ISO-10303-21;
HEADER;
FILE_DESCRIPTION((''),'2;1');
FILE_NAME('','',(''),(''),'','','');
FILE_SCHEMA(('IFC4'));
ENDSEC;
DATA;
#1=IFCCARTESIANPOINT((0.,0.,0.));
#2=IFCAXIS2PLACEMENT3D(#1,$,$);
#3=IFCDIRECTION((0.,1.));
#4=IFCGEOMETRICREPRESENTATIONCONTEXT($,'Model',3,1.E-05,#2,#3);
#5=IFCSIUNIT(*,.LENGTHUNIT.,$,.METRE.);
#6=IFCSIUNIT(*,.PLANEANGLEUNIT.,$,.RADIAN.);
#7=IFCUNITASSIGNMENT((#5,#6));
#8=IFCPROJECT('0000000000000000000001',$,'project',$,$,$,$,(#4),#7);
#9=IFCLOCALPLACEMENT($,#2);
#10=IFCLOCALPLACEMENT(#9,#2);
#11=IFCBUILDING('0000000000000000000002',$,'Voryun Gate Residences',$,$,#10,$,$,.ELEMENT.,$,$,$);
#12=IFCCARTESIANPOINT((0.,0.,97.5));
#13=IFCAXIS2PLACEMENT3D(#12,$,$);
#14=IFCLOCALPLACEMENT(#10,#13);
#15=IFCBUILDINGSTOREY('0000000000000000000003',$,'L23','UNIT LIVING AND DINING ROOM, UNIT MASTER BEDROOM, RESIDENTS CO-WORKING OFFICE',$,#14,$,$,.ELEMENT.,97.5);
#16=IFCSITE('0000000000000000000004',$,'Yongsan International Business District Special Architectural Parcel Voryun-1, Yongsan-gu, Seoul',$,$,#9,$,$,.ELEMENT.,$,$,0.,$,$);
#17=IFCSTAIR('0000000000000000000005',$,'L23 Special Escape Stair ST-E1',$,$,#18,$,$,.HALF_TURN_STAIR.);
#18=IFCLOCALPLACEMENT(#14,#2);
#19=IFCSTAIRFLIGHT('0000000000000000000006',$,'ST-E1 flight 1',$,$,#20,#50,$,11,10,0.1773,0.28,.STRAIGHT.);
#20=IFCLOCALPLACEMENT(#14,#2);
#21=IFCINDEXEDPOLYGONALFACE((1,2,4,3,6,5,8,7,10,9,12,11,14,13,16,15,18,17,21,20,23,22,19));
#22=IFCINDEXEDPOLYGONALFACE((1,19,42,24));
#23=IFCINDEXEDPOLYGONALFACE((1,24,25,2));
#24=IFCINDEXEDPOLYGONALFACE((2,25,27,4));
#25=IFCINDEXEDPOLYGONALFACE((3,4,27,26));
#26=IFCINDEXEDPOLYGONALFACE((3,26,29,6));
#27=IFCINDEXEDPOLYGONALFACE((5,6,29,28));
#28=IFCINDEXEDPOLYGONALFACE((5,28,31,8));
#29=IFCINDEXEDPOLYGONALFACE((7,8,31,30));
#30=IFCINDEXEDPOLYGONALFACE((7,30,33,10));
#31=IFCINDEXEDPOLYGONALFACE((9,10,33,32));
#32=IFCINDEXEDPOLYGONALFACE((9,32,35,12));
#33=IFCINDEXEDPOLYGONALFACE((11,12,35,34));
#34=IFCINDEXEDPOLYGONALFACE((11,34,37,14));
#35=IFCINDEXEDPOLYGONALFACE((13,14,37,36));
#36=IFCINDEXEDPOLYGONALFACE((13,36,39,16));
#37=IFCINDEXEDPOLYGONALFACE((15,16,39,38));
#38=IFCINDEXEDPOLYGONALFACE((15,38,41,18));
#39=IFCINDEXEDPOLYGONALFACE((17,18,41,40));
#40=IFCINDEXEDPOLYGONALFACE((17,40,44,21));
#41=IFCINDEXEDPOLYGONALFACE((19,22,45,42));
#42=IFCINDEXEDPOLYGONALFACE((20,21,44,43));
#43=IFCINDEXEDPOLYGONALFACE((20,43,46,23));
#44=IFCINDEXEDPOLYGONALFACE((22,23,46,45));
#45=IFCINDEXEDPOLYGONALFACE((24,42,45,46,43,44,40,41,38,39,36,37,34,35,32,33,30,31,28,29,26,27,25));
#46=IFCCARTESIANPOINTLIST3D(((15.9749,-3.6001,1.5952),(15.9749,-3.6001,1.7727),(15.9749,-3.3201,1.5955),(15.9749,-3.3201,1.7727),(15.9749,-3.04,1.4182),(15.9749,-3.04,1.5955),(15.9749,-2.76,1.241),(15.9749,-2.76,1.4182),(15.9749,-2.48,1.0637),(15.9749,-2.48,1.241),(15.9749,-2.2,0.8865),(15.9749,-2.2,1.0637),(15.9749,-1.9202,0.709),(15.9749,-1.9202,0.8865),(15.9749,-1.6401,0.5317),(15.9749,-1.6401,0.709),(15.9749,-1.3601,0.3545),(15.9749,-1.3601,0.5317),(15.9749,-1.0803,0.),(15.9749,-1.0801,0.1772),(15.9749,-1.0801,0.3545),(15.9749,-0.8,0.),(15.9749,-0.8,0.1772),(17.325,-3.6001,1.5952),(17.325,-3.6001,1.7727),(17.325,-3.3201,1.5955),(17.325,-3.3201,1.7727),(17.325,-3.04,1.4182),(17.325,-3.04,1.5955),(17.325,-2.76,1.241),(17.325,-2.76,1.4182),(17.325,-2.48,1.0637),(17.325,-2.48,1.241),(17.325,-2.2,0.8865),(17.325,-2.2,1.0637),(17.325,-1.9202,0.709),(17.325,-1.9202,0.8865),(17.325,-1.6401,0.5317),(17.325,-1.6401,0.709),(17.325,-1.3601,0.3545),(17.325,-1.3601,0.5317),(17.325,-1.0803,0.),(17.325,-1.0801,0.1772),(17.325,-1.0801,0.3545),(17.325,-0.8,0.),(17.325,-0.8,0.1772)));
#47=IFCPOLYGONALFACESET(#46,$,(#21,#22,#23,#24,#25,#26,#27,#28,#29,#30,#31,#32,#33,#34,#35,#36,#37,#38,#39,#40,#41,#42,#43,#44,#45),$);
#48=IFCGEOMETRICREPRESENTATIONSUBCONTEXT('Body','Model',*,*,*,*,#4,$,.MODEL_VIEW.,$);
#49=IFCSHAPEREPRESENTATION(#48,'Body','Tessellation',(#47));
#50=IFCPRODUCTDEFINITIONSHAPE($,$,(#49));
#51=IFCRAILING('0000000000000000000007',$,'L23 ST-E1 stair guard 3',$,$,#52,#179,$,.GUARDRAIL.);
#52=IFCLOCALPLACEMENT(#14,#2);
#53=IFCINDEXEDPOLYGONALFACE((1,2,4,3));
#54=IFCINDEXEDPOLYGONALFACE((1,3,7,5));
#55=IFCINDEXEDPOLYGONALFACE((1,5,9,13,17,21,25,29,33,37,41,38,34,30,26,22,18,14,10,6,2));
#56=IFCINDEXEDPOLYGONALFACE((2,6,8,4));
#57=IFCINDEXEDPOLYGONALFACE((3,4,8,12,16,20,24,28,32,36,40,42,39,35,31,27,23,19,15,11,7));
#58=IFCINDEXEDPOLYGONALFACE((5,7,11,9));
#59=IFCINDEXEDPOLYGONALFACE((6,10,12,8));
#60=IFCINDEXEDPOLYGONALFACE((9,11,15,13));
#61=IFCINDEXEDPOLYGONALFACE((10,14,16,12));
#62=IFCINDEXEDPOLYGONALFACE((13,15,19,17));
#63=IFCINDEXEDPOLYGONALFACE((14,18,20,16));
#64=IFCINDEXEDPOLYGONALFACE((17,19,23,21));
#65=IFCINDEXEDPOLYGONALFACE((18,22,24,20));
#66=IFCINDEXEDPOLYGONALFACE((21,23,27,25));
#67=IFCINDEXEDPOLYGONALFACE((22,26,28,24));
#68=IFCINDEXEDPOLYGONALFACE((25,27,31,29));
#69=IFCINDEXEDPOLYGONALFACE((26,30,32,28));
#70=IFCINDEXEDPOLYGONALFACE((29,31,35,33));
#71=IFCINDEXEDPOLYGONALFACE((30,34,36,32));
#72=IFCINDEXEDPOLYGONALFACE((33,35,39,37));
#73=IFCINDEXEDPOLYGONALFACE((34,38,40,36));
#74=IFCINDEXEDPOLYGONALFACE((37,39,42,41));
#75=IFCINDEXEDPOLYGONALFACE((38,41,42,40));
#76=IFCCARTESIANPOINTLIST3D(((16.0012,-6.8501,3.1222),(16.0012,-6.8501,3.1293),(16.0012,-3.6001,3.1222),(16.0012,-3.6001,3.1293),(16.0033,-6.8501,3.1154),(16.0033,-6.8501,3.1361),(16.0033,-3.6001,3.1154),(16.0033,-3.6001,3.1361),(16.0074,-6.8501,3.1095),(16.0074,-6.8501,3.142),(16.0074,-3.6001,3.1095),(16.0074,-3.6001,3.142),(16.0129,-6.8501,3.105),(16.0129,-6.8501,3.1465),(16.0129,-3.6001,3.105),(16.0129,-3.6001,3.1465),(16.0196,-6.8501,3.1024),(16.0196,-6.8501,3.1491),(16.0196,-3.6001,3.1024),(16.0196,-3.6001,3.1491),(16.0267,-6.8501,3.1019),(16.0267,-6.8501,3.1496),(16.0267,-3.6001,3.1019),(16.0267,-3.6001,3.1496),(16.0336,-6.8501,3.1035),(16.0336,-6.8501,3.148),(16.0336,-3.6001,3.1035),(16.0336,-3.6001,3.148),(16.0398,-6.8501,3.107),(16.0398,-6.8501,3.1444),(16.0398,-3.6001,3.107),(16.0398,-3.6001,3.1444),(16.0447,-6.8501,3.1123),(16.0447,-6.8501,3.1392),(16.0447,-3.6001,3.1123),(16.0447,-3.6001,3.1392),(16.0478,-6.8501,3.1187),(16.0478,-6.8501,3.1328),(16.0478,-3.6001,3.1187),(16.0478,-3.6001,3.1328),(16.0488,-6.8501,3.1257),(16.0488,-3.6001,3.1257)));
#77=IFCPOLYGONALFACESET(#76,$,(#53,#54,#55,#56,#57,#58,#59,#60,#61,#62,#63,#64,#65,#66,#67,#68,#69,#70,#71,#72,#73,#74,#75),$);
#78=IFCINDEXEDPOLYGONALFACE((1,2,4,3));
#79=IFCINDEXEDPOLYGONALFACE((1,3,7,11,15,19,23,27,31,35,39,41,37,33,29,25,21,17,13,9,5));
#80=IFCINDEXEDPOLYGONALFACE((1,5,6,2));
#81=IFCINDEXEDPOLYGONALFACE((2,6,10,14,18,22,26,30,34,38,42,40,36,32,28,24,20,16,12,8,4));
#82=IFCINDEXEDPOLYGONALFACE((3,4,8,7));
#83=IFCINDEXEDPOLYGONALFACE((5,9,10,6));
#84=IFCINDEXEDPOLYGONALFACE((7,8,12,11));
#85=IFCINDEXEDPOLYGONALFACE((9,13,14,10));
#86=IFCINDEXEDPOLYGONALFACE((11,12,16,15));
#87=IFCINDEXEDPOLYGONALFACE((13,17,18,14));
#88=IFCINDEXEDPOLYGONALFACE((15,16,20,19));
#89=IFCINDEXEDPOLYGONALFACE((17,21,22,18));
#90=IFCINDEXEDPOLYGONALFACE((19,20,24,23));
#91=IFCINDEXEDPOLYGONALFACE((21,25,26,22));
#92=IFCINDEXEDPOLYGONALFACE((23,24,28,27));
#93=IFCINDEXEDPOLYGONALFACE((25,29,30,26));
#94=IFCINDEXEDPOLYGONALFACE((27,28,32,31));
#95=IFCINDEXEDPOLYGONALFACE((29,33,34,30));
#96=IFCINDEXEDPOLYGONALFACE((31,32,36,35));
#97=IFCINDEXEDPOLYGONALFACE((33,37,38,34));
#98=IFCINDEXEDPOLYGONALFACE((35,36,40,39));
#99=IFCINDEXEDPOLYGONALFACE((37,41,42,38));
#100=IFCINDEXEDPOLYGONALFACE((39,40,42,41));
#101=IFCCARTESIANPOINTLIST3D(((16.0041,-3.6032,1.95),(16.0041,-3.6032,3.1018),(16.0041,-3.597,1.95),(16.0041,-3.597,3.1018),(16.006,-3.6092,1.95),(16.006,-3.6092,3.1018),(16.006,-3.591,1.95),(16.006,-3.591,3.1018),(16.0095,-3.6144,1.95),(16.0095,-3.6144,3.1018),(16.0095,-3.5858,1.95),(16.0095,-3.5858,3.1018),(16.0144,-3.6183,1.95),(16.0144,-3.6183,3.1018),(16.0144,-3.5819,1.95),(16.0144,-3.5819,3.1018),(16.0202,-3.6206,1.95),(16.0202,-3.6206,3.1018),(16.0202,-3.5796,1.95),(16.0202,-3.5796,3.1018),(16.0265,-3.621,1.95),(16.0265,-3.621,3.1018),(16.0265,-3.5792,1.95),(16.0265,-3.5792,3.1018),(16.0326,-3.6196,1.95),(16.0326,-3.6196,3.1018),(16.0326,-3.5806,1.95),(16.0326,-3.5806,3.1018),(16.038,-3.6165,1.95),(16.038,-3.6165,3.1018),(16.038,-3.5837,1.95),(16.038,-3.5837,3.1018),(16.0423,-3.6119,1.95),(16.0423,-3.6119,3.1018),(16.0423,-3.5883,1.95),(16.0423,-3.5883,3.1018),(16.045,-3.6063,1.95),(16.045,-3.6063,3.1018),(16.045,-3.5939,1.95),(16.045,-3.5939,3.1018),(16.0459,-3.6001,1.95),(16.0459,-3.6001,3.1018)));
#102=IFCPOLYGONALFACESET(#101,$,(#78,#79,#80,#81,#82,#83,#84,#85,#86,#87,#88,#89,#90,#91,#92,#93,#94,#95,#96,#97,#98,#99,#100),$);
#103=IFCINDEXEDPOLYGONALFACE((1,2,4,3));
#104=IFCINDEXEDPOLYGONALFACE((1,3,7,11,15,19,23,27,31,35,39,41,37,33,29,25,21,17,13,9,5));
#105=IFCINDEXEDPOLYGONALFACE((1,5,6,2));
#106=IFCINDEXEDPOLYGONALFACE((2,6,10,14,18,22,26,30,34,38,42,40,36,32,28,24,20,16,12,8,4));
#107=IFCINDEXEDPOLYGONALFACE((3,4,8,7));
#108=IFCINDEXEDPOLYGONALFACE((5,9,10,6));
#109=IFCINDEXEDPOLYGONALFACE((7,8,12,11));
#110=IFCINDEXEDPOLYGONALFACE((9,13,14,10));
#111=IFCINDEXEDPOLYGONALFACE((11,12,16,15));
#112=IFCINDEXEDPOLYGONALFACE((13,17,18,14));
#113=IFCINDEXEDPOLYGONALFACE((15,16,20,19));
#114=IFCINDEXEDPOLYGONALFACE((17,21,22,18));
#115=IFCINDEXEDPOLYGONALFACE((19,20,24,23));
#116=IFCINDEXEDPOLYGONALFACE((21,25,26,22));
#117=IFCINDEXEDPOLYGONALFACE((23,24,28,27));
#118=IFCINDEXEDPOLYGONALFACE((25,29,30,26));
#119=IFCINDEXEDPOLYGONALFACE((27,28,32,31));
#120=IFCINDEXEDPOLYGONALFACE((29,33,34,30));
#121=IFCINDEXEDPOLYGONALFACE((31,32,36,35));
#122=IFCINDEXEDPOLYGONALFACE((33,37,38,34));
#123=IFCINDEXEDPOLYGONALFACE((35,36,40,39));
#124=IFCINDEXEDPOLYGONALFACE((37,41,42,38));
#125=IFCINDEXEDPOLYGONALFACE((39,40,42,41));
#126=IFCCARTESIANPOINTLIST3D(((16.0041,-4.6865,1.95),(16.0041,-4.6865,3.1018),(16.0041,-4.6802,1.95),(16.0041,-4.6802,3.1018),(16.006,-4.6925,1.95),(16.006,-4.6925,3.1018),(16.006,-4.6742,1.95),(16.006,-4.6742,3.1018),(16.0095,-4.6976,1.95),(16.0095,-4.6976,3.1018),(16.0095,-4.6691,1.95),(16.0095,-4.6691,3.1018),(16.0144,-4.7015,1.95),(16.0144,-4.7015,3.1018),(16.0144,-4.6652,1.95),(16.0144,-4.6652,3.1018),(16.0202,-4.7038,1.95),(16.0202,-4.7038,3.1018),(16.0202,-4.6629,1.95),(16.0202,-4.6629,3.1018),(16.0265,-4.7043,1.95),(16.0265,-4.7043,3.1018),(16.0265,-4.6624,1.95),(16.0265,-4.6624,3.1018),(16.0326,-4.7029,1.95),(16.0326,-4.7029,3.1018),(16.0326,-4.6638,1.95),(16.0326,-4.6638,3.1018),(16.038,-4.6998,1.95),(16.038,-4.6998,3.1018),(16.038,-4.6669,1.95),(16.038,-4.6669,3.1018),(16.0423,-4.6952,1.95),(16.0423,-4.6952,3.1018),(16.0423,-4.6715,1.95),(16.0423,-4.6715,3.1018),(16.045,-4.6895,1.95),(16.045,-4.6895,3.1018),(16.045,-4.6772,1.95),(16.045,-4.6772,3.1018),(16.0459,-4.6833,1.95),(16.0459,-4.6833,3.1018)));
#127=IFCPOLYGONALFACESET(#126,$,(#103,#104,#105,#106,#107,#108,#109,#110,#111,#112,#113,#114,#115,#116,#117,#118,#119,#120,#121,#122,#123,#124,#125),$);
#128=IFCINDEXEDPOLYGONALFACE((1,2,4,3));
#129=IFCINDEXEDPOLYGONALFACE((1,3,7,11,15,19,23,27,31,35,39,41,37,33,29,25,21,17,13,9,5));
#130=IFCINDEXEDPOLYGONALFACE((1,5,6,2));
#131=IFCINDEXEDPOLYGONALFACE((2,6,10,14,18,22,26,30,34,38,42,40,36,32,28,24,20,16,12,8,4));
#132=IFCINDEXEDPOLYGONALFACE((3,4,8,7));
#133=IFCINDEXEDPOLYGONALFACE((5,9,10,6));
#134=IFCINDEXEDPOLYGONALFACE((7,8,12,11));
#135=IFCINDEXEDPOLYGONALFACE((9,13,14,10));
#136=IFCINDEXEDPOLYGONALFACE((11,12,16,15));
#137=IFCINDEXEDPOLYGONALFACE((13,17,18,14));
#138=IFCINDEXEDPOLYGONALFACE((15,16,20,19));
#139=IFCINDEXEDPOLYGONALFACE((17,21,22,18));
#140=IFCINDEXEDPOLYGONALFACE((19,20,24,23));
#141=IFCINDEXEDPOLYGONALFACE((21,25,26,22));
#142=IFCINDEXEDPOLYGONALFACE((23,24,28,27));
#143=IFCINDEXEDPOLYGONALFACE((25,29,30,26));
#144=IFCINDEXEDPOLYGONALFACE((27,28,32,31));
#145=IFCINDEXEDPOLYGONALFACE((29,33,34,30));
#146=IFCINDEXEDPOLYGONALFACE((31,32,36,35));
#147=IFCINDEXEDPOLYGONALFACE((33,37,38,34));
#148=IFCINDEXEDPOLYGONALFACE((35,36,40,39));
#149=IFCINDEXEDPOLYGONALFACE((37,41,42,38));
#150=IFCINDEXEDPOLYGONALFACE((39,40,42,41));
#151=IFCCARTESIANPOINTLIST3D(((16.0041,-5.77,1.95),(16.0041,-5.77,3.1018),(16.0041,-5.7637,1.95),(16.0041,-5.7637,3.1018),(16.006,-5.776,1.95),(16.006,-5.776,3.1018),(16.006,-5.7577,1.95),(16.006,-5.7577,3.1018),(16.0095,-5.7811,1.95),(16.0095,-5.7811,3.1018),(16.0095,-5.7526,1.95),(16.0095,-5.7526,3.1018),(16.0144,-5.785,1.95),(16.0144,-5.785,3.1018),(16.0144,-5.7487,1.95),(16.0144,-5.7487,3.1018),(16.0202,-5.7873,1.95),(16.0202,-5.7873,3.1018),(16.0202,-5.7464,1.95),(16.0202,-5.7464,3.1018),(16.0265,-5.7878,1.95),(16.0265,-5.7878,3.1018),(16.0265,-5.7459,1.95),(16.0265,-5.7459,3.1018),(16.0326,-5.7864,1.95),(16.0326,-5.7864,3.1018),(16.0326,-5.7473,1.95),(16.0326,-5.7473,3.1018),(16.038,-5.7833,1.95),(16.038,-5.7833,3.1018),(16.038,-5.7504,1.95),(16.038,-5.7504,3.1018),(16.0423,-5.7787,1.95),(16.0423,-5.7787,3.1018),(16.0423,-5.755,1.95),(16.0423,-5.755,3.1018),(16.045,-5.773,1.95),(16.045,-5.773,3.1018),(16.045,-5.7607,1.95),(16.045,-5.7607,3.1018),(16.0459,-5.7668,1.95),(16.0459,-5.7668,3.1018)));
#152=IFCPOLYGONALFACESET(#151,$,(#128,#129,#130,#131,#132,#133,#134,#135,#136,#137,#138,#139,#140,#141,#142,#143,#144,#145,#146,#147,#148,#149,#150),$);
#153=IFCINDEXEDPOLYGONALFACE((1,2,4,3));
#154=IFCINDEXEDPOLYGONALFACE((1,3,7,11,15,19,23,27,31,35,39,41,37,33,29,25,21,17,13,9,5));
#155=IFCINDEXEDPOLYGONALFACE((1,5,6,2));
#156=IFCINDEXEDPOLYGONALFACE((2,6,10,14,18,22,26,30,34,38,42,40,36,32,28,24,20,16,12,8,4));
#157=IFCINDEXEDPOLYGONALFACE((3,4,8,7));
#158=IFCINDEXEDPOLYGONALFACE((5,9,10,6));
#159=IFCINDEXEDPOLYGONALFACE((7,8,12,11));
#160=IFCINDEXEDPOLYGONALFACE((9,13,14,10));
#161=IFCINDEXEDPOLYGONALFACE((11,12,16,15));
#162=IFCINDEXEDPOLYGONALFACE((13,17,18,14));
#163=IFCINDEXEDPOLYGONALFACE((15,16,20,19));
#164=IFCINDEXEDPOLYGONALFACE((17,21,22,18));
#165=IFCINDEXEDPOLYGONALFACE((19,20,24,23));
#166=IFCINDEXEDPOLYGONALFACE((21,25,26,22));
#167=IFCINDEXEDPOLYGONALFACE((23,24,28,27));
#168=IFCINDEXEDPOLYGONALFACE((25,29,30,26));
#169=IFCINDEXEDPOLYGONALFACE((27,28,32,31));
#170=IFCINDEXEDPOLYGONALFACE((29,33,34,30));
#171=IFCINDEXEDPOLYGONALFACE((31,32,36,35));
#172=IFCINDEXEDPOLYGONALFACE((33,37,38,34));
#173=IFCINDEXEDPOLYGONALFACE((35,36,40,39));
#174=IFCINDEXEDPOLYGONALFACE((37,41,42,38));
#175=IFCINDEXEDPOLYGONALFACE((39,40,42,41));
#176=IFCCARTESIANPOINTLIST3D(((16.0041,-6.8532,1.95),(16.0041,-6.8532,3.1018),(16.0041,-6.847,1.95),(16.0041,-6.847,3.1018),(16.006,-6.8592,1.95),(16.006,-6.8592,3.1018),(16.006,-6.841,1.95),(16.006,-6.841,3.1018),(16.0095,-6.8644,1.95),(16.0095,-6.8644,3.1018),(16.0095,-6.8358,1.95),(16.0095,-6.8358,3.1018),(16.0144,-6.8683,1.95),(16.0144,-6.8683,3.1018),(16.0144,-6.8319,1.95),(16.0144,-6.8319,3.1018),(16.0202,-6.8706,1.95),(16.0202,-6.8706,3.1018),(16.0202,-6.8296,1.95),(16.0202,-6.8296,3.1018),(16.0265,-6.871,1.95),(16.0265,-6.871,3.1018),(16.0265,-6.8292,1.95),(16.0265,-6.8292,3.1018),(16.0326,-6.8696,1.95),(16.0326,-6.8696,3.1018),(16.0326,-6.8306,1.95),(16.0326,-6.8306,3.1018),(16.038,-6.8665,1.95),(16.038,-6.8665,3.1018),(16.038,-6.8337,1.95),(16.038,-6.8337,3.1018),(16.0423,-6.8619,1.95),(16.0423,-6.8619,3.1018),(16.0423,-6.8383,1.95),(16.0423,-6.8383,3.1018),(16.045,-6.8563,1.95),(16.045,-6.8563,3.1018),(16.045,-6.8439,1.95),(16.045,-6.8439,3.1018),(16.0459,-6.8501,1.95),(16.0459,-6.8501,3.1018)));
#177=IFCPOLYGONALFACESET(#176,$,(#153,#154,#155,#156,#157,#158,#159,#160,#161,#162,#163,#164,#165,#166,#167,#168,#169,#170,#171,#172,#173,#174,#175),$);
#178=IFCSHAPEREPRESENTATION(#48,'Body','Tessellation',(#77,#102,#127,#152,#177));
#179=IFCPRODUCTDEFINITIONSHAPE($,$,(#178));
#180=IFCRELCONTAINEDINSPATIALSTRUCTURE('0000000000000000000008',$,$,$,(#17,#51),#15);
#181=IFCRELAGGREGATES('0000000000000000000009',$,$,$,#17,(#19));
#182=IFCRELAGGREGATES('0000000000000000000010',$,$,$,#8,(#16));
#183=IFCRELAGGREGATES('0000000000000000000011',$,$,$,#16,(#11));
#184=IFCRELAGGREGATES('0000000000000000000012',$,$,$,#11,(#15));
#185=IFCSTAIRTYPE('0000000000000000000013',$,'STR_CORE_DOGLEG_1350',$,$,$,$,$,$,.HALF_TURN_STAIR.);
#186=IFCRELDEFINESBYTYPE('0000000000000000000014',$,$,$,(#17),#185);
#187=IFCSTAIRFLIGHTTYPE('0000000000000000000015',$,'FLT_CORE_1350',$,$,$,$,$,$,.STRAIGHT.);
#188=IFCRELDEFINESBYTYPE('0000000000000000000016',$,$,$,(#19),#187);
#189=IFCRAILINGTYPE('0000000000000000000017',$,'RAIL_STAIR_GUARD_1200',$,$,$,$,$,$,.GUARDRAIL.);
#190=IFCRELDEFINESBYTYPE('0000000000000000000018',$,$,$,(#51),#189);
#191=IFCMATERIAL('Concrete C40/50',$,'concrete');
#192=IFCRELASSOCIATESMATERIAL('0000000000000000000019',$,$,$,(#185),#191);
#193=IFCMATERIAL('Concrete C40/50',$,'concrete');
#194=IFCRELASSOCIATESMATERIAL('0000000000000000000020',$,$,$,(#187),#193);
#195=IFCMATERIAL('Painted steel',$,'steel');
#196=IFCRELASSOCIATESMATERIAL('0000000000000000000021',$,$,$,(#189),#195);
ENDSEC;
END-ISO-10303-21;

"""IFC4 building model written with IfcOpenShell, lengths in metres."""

from ifc_helpers import new_model, si_unit, direction, frame, origin, origin_2d, place, context, subcontext, project, spatial, polyline, circle, outline, extrude, material, type_object, element, aggregate, save


model = new_model("IFC4")

# Units and contexts
model_context = context("Model", 3, precision=1e-05, world=origin(), true_north=direction((0.0, 1.0)))
body_context = subcontext(model_context, "Body", "Model", "MODEL_VIEW")
ifc_project = project(units=[si_unit("LENGTHUNIT", "METRE"), si_unit("PLANEANGLEUNIT", "RADIAN")], contexts=[model_context])

# Site, building, storey
site_placement = place(None, origin())
site = spatial("IfcSite", under=ifc_project, at=site_placement, Name="Yongsan International Business District Special Architectural Parcel Voryun-1, Yongsan-gu, Seoul", CompositionType="ELEMENT", RefElevation=0.0)
building_placement = place(site_placement, origin())
building = spatial("IfcBuilding", under=site, at=building_placement, Name="Voryun Gate Residences", CompositionType="ELEMENT")
storey_placement = place(building_placement, frame((0.0, 0.0, 97.5)))
storey = spatial("IfcBuildingStorey", under=building, at=storey_placement, Name="L23", Description="UNIT LIVING AND DINING ROOM, UNIT MASTER BEDROOM, RESIDENTS CO-WORKING OFFICE", CompositionType="ELEMENT", Elevation=97.5)

# Stair, stair flight
ifc_material_1 = material(Name="Concrete C40/50", Category="concrete")
stair_type = type_object("IfcStairType", Name="STR_CORE_DOGLEG_1350", PredefinedType="HALF_TURN_STAIR", material=ifc_material_1)
stair_placement = place(storey_placement, origin())
stair = element("IfcStair", 1, at=stair_placement, inside=storey, type_object=stair_type, Name="L23 Special Escape Stair ST-E1", PredefinedType="HALF_TURN_STAIR")
ifc_material_2 = material(Name="Concrete C40/50", Category="concrete")
stair_flight_type = type_object("IfcStairFlightType", Name="FLT_CORE_1350", PredefinedType="STRAIGHT", material=ifc_material_2)
stair_flight_placement = place(storey_placement, frame((16.6499, -0.8, 0.0), z_axis=(0.0, 0.0, 1.0), x_axis=(0.0, -1.0, 0.0)))
stair_flight = element("IfcStairFlight", 2, at=stair_flight_placement, type_object=stair_flight_type, Name="ST-E1 flight 1", NumberOfRisers=11, NumberOfTreads=10, PredefinedType="STRAIGHT", RiserHeight=0.1773, TreadLength=0.28, context=body_context, shape_type="SweptSolid", body=[
    extrude(outline(polyline([(0.0, 0.0), (0.0, 0.1772), (0.28, 0.1772), (0.28, 0.3545), (0.5601, 0.3545), (0.5601, 0.5317), (0.8401, 0.5317), (0.8401, 0.709), (1.1201, 0.709), (1.1201, 0.8865), (1.3999, 0.8865), (1.3999, 1.0637), (1.6799, 1.0637), (1.6799, 1.241), (1.96, 1.241), (1.96, 1.4182), (2.24, 1.4182), (2.24, 1.5955), (2.52, 1.5955), (2.52, 1.7727), (2.8, 1.7727), (2.8, 1.95), (2.8, 1.5952), (0.2803, 0.0), (0.0, 0.0)])), frame((0.0, 0.675, 0.0), z_axis=(0.0, -1.0, 0.0), x_axis=(1.0, 0.0, 0.0)), (0.0, 0.0, 1.0), 1.3501),
])
aggregate(stair, [stair_flight])

# Railing
ifc_material_3 = material(Name="Painted steel", Category="steel")
railing_type_1 = type_object("IfcRailingType", Name="RAIL_STAIR_GUARD_1200", PredefinedType="GUARDRAIL", material=ifc_material_3)
railing_1_placement = place(storey_placement, frame((16.0249, -3.6001, 1.95)))
element("IfcRailing", 3, at=railing_1_placement, inside=storey, type_object=railing_type_1, Name="L23 ST-E1 stair guard 3", PredefinedType="GUARDRAIL", context=body_context, shape_type="SweptSolid", body=[
    extrude(circle(Radius=0.0239, at=origin_2d()), frame((0.0, 0.0, 1.1758), z_axis=(0.0, -1.0, 0.0), x_axis=(1.0, 0.0, 0.0)), (0.0, 0.0, 1.0), 3.25),
    extrude(circle(Radius=0.021, at=origin_2d()), origin(), (0.0, 0.0, 1.0), 1.1519),
    extrude(circle(Radius=0.021, at=origin_2d()), frame((0.0, -1.0833, 0.0)), (0.0, 0.0, 1.0), 1.1519),
    extrude(circle(Radius=0.021, at=origin_2d()), frame((0.0, -2.1667, 0.0)), (0.0, 0.0, 1.0), 1.1519),
    extrude(circle(Radius=0.021, at=origin_2d()), frame((0.0, -3.25, 0.0)), (0.0, 0.0, 1.0), 1.1519),
])

save(model, "model.ifc")
